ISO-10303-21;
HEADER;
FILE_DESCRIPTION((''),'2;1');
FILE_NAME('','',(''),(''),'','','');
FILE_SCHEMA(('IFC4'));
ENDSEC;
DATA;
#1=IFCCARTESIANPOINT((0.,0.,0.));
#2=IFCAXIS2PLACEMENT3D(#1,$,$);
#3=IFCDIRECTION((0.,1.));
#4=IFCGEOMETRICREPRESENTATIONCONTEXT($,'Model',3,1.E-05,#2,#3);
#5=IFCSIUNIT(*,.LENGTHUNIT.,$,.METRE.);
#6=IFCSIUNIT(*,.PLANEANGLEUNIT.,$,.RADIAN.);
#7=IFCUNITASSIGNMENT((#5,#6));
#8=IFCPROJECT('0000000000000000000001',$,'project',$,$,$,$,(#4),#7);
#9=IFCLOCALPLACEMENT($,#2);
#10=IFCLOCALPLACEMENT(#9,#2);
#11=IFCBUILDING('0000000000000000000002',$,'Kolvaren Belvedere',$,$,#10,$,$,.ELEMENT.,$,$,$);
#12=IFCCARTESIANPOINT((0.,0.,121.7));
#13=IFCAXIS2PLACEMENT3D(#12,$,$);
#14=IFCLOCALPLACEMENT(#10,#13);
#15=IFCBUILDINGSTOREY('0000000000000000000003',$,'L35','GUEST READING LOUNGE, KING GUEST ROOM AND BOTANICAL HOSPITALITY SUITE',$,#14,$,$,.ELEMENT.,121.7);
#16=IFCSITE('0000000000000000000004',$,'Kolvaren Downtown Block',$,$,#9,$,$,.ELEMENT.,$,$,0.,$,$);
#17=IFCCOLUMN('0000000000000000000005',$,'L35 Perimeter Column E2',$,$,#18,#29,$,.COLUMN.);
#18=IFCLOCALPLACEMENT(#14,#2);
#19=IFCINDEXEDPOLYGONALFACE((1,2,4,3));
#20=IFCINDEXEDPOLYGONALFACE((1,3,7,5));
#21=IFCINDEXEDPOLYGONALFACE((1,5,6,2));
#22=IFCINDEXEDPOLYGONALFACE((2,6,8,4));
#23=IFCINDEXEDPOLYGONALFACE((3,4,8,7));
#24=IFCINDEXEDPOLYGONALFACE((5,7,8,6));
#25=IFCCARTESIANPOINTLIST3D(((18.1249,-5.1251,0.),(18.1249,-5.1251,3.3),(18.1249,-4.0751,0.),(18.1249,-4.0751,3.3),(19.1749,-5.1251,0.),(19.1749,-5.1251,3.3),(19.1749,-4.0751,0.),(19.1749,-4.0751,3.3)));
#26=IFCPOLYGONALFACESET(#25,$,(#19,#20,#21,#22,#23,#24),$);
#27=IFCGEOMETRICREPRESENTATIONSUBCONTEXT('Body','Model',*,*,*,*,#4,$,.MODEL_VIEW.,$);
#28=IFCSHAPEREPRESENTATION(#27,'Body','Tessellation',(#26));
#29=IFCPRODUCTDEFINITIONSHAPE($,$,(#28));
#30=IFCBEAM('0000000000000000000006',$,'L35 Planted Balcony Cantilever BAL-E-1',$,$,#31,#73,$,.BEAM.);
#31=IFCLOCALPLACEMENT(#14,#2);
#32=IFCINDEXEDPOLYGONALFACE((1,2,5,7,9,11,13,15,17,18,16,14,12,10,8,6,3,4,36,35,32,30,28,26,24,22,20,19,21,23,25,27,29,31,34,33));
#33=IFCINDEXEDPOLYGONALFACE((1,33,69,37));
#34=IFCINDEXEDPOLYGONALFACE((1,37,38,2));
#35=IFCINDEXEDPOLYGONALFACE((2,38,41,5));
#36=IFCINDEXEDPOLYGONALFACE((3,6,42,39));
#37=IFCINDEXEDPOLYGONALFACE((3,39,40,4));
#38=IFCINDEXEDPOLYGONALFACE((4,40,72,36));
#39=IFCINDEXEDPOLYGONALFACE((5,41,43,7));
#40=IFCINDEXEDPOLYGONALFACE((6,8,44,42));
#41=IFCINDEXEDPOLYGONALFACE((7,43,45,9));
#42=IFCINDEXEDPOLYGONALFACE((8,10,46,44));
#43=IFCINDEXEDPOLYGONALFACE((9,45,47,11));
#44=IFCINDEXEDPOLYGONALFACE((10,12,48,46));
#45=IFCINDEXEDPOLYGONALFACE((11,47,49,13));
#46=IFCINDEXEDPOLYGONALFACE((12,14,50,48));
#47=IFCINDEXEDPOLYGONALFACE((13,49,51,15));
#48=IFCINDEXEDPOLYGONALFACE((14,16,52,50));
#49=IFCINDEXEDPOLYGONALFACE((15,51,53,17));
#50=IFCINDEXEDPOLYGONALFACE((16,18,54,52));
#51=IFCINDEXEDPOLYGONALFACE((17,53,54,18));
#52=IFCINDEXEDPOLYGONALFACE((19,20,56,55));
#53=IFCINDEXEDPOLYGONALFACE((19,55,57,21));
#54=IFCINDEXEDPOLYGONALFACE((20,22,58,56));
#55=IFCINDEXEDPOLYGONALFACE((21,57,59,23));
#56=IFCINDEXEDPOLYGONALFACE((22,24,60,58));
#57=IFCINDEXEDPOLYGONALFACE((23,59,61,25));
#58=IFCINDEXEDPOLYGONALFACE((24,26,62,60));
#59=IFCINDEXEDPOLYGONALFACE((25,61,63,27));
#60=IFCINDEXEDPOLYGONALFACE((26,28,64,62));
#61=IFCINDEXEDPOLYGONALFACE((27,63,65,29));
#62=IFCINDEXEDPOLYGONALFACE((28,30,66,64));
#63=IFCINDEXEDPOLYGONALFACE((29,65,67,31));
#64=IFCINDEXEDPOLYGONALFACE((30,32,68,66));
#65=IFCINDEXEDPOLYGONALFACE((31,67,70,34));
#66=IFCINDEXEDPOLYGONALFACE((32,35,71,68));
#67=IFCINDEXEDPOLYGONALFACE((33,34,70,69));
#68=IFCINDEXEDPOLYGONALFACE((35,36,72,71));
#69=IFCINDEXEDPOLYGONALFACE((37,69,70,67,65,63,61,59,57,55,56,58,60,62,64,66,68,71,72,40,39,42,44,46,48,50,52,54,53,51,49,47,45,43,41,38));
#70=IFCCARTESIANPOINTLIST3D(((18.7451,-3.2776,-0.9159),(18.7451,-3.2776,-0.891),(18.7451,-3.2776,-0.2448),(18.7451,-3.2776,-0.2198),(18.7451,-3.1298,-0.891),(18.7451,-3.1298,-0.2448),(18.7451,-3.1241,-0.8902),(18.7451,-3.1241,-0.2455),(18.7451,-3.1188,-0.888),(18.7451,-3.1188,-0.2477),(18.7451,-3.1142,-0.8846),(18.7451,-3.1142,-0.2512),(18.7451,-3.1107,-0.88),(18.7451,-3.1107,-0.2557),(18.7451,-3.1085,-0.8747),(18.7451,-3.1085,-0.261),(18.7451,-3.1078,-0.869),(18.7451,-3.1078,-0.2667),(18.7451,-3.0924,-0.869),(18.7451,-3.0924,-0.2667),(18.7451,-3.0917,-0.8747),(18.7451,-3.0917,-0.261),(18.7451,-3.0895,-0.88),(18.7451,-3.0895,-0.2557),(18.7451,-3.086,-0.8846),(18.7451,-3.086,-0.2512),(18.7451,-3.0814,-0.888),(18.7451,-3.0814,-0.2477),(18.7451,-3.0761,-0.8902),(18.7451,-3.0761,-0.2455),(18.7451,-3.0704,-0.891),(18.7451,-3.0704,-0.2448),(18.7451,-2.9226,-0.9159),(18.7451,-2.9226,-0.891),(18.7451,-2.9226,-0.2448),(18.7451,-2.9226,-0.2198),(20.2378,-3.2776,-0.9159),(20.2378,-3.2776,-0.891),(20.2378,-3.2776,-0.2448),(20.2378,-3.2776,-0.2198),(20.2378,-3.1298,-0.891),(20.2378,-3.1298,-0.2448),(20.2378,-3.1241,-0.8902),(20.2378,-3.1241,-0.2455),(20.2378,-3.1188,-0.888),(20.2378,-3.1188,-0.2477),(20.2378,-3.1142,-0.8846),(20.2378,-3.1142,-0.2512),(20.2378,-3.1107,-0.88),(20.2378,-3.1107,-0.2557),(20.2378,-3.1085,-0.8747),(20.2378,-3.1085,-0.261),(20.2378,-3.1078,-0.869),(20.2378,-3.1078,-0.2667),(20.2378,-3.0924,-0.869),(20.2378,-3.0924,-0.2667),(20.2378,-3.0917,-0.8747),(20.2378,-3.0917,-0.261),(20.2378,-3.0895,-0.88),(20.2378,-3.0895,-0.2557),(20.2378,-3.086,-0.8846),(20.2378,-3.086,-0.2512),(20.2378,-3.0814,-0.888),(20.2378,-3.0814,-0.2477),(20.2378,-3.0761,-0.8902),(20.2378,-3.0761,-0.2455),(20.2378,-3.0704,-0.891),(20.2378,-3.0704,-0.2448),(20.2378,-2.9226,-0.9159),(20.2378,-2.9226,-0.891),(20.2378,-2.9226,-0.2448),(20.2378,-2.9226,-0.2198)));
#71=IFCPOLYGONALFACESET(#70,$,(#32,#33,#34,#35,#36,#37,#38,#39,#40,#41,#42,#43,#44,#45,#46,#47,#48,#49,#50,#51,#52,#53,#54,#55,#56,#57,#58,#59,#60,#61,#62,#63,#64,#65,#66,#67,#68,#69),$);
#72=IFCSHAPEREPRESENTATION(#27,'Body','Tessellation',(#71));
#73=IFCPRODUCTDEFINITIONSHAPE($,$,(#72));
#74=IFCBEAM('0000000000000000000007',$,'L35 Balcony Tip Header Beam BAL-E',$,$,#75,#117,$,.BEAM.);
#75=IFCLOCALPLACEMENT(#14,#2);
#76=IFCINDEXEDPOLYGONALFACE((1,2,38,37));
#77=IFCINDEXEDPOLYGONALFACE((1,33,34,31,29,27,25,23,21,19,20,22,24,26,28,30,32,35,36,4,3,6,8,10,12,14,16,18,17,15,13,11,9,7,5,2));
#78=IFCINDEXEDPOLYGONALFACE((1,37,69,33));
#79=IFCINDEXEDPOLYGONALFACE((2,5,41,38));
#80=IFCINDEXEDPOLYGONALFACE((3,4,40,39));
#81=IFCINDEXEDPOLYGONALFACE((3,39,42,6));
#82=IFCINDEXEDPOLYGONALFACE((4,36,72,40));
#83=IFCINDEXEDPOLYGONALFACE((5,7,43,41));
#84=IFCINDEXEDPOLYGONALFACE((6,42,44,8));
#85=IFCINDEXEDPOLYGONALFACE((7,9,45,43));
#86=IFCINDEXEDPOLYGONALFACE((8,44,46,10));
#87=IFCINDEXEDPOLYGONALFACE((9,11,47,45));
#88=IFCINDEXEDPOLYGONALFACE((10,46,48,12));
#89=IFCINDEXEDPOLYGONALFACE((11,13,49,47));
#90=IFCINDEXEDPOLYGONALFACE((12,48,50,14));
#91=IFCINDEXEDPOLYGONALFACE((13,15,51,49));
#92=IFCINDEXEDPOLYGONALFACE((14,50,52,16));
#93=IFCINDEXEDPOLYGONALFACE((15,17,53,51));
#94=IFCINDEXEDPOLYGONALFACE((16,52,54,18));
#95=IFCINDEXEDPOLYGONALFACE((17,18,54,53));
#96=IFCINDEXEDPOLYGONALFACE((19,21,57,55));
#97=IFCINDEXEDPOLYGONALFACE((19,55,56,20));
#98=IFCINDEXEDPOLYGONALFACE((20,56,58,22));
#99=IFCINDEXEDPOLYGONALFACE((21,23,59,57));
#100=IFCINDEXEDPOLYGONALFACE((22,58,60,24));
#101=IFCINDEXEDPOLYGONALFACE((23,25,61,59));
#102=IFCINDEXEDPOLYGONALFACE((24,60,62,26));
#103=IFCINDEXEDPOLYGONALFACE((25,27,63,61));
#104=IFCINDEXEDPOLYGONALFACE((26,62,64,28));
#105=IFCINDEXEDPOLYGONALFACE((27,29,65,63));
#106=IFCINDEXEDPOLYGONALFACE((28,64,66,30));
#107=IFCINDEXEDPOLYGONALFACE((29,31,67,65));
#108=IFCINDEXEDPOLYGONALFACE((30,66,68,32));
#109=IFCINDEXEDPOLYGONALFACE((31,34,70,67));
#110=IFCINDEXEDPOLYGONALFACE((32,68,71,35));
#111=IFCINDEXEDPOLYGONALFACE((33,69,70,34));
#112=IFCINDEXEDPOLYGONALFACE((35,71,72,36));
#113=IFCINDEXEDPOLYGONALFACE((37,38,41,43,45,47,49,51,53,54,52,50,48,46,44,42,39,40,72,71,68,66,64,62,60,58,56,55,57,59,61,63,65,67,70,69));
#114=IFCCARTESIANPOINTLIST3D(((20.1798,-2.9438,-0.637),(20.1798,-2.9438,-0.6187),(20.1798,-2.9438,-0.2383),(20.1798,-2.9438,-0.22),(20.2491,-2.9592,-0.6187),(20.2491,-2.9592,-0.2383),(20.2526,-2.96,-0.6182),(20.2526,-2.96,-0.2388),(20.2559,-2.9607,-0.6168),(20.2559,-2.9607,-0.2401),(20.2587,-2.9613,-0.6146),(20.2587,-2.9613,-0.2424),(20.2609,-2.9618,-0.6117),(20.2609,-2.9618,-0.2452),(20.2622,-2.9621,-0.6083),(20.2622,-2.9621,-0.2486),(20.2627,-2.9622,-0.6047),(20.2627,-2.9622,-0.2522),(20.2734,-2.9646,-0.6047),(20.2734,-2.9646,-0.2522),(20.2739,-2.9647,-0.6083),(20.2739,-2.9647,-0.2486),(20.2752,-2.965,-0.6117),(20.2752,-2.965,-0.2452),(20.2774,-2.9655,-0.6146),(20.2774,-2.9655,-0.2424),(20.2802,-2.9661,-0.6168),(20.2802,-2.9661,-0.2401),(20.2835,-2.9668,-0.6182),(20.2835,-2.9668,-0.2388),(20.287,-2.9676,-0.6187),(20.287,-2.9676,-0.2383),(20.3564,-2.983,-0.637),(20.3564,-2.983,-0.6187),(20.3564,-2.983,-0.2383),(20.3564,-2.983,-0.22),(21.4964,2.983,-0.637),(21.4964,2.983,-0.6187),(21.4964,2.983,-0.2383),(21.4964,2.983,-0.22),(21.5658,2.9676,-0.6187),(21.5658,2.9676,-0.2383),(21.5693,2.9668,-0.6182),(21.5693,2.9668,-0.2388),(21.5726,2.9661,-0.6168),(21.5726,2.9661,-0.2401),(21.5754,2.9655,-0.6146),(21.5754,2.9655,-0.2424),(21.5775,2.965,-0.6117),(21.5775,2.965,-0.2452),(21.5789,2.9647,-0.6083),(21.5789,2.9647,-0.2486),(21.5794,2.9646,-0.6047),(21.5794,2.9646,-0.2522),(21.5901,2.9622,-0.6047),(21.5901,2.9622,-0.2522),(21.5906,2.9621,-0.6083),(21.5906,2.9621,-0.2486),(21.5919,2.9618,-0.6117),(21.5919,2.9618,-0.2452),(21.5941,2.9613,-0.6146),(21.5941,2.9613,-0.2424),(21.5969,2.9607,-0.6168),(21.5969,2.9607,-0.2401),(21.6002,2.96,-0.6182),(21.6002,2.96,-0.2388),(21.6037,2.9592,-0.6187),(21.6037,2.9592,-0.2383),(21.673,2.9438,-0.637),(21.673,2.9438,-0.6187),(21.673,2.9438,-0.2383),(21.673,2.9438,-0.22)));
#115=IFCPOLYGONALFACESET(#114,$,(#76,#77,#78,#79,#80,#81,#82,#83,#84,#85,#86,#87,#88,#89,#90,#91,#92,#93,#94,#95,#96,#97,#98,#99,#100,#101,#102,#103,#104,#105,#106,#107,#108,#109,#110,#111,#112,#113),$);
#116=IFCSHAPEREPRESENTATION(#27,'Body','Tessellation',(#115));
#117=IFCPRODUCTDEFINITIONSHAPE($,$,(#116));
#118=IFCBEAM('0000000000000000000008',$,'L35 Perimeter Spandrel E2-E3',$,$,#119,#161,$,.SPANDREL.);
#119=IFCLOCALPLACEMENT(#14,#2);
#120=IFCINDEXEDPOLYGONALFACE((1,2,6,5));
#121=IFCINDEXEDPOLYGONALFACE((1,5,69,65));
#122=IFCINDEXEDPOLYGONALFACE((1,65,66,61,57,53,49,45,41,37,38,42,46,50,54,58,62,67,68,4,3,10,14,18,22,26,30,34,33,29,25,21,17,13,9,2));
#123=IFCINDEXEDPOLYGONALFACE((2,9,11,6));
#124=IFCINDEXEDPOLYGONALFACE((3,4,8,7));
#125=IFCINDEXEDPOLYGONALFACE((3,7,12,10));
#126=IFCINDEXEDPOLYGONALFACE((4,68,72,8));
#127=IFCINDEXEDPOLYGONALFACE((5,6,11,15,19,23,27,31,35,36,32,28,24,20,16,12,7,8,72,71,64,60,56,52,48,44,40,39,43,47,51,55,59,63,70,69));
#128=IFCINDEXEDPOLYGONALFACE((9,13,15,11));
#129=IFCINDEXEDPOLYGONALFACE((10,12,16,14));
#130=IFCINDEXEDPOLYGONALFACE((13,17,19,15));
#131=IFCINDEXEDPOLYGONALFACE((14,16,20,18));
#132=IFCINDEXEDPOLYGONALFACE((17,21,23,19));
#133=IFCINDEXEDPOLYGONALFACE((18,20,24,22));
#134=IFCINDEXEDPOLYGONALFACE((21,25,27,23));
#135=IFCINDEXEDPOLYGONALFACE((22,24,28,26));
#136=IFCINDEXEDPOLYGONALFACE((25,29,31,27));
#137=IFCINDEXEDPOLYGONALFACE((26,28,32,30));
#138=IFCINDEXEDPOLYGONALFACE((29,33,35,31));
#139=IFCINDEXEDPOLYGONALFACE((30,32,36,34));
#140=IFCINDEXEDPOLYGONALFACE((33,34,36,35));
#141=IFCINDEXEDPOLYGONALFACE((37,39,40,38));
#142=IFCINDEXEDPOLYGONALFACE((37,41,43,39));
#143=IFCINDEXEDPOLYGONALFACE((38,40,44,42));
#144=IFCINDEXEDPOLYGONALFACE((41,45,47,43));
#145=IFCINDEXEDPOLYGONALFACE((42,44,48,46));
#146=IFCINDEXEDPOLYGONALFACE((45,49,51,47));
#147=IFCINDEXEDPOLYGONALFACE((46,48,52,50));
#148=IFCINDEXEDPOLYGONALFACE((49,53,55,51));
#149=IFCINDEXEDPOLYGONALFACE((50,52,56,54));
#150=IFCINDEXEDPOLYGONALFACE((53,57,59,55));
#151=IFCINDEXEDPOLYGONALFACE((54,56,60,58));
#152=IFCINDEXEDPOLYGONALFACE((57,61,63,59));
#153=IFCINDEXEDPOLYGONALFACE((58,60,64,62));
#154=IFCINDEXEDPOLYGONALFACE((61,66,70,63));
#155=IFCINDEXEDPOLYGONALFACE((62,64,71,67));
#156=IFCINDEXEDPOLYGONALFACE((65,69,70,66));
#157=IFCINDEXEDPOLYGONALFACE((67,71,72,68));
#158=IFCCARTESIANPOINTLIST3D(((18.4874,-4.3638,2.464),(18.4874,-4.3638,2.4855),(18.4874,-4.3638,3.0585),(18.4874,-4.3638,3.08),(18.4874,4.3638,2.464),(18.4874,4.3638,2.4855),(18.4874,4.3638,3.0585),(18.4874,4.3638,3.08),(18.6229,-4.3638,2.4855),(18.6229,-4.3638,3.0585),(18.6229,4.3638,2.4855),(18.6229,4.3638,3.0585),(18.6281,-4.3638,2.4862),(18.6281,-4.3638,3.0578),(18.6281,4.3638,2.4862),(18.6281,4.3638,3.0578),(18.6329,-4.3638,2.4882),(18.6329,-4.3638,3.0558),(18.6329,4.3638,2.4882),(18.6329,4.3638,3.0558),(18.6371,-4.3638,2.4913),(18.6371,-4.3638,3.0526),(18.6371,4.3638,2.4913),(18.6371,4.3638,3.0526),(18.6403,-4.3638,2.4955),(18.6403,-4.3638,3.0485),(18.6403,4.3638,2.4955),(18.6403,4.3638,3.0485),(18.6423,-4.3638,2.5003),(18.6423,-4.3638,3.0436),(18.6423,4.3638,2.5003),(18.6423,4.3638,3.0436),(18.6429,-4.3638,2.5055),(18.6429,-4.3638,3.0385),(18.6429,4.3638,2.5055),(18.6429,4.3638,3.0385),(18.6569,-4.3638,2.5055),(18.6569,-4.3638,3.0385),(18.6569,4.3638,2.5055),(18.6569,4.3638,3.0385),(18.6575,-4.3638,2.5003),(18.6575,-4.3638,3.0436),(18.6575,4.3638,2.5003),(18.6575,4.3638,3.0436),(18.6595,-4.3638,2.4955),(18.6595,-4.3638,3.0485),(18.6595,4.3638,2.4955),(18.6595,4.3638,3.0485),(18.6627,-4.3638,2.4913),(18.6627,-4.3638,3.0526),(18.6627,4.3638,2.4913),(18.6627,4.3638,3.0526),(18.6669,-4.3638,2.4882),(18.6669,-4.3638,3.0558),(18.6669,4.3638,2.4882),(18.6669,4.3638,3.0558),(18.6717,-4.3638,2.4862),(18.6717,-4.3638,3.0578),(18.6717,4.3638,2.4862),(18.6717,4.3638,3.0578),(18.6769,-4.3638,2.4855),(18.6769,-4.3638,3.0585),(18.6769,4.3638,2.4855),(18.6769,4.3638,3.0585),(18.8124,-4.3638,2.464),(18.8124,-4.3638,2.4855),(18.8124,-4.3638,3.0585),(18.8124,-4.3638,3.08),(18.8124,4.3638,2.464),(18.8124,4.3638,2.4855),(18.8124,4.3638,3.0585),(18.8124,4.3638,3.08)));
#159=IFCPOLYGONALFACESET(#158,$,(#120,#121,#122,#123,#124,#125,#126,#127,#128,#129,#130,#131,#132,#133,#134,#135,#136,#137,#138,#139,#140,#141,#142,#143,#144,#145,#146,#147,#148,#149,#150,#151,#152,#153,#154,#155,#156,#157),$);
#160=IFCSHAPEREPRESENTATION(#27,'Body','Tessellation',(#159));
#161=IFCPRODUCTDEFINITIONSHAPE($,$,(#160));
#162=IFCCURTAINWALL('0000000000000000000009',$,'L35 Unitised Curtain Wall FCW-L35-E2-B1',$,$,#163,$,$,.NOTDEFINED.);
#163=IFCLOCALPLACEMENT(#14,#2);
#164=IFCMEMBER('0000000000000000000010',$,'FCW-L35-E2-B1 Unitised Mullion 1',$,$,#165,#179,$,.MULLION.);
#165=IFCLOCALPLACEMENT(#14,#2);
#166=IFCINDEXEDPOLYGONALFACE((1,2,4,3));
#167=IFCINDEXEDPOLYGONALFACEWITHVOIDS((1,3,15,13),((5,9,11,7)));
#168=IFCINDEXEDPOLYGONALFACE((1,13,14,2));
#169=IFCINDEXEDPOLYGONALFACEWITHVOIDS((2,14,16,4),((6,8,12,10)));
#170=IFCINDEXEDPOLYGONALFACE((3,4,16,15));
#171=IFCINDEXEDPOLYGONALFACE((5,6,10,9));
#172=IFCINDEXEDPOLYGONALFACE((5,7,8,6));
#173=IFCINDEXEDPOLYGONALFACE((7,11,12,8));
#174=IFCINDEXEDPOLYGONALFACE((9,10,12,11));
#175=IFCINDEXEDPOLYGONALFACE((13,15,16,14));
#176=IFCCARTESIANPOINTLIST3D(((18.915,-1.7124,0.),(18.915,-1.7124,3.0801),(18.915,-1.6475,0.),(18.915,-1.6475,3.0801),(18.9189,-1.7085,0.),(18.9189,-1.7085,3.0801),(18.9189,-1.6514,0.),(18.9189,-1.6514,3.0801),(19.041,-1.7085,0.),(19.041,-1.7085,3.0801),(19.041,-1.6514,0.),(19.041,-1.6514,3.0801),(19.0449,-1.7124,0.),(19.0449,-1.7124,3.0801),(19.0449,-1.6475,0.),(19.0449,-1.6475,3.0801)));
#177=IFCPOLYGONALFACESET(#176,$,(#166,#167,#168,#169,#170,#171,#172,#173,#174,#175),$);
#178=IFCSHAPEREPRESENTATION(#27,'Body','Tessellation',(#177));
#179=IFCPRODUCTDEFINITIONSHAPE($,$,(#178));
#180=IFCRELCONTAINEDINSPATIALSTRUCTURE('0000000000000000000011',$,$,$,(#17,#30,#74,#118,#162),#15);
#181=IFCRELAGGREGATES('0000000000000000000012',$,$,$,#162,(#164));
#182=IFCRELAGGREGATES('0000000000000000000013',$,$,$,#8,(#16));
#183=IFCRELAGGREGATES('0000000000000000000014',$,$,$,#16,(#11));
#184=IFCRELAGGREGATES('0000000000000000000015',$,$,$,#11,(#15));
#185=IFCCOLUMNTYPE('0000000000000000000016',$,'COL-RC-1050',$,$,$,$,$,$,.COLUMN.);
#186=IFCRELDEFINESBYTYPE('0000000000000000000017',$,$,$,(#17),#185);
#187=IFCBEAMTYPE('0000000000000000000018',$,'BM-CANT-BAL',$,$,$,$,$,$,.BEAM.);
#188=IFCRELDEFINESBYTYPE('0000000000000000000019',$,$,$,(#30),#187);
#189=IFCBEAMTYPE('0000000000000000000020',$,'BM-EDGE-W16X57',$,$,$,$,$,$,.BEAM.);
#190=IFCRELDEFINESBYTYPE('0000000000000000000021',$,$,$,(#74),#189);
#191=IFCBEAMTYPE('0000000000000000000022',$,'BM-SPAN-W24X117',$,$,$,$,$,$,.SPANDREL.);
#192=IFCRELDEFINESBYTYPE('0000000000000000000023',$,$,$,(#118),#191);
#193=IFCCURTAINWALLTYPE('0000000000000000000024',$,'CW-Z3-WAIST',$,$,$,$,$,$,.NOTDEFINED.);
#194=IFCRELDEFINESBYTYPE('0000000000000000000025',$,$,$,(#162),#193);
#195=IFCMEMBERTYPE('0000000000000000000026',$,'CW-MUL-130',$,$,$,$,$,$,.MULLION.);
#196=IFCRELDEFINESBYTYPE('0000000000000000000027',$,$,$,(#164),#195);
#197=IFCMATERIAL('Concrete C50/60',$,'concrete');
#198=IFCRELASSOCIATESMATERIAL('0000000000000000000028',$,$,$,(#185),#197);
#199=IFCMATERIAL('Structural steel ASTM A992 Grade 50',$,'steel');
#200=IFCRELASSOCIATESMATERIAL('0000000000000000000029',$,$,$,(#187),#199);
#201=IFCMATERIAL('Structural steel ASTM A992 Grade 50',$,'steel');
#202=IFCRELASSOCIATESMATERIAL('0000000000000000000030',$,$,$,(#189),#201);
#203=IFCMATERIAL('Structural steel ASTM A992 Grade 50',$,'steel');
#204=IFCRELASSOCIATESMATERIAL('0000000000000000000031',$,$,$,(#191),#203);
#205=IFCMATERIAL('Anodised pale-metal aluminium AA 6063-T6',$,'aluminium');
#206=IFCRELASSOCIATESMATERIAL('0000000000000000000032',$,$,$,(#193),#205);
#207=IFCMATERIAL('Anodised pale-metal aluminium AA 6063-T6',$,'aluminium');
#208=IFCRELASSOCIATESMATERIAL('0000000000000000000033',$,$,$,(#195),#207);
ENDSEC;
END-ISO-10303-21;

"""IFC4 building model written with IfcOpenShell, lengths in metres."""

from ifc_helpers import new_model, si_unit, direction, frame, origin, origin_2d, place, context, subcontext, project, spatial, rectangle, hollow_rectangle, i_section, extrude, material, material_profile, profile_set, type_object, element, aggregate, save


model = new_model("IFC4")

# Units and contexts
model_context = context("Model", 3, precision=1e-05, world=origin(), true_north=direction((0.0, 1.0)))
body_context = subcontext(model_context, "Body", "Model", "MODEL_VIEW")
ifc_project = project(units=[si_unit("LENGTHUNIT", "METRE"), si_unit("PLANEANGLEUNIT", "RADIAN")], contexts=[model_context])

# Site, building, storey
site_placement = place(None, origin())
site = spatial("IfcSite", under=ifc_project, at=site_placement, Name="Kolvaren Downtown Block", CompositionType="ELEMENT", RefElevation=0.0)
building_placement = place(site_placement, origin())
building = spatial("IfcBuilding", under=site, at=building_placement, Name="Kolvaren Belvedere", CompositionType="ELEMENT")
storey_placement = place(building_placement, frame((0.0, 0.0, 121.7)))
storey = spatial("IfcBuildingStorey", under=building, at=storey_placement, Name="L35", Description="GUEST READING LOUNGE, KING GUEST ROOM AND BOTANICAL HOSPITALITY SUITE", CompositionType="ELEMENT", Elevation=121.7)

# Column
ifc_material_1 = material(Name="Concrete C50/60", Category="concrete")
ifc_material_profile_1 = material_profile(ifc_material_1, rectangle(XDim=1.05, YDim=1.05, at=origin_2d()), Name="RC 1050X1050")
ifc_profile_set_1 = profile_set([ifc_material_profile_1], Name="Concrete C50/60")
column_type = type_object("IfcColumnType", Name="COL-RC-1050", PredefinedType="COLUMN", material=ifc_profile_set_1)
column_placement = place(storey_placement, frame((18.6499, -4.6001, 0.0), z_axis=(0.0, 0.0, 1.0), x_axis=(1.0, 0.0, 0.0)))
element("IfcColumn", 1, at=column_placement, inside=storey, type_object=column_type, Name="L35 Perimeter Column E2", PredefinedType="COLUMN", context=body_context, shape_type="SweptSolid", body=[
    extrude(rectangle(XDim=1.05, YDim=1.05, at=origin_2d()), origin(), (0.0, 0.0, 1.0), 3.3),
])

# Beams
ifc_material_2 = material(Name="Structural steel ASTM A992 Grade 50", Category="steel")
ifc_material_profile_2 = material_profile(ifc_material_2, i_section(OverallWidth=0.355, OverallDepth=0.696, WebThickness=0.0154, FlangeThickness=0.0249, FilletRadius=0.022, at=origin_2d()), Name="W27X146")
ifc_profile_set_2 = profile_set([ifc_material_profile_2], Name="Structural steel ASTM A992 Grade 50")
beam_type_1 = type_object("IfcBeamType", Name="BM-CANT-BAL", PredefinedType="BEAM", material=ifc_profile_set_2)
beam_1_placement = place(storey_placement, frame((18.7451, -3.1001, -0.5679), z_axis=(1.0, 0.0, 0.0), x_axis=(0.0, 1.0, 0.0)))
element("IfcBeam", 2, at=beam_1_placement, inside=storey, type_object=beam_type_1, Name="L35 Planted Balcony Cantilever BAL-E-1", PredefinedType="BEAM", context=body_context, shape_type="SweptSolid", body=[
    extrude(i_section(OverallWidth=0.355, OverallDepth=0.696, WebThickness=0.0154, FlangeThickness=0.0249, FilletRadius=0.022, at=origin_2d()), origin(), (0.0, 0.0, 1.0), 1.4927),
])
ifc_material_3 = material(Name="Structural steel ASTM A992 Grade 50", Category="steel")
ifc_material_profile_3 = material_profile(ifc_material_3, i_section(OverallWidth=0.1809, OverallDepth=0.417, WebThickness=0.011, FlangeThickness=0.0183, FilletRadius=0.0139, at=origin_2d()), Name="W16X57")
ifc_profile_set_3 = profile_set([ifc_material_profile_3], Name="Structural steel ASTM A992 Grade 50")
beam_type_2 = type_object("IfcBeamType", Name="BM-EDGE-W16X57", PredefinedType="BEAM", material=ifc_profile_set_3)
beam_2_placement = place(storey_placement, frame((20.2681, -2.9634, -0.4285), z_axis=(0.216867, 0.976201, 0.0), x_axis=(-0.976201, 0.216867, 0.0)))
element("IfcBeam", 3, at=beam_2_placement, inside=storey, type_object=beam_type_2, Name="L35 Balcony Tip Header Beam BAL-E", PredefinedType="BEAM", context=body_context, shape_type="SweptSolid", body=[
    extrude(i_section(OverallWidth=0.1809, OverallDepth=0.417, WebThickness=0.011, FlangeThickness=0.0183, FilletRadius=0.0139, at=origin_2d()), origin(), (0.0, 0.0, 1.0), 6.0713),
])
ifc_material_4 = material(Name="Structural steel ASTM A992 Grade 50", Category="steel")
ifc_material_profile_4 = material_profile(ifc_material_4, i_section(OverallWidth=0.325, OverallDepth=0.616, WebThickness=0.0139, FlangeThickness=0.0215, FilletRadius=0.02, at=origin_2d()), Name="W24X117")
ifc_profile_set_4 = profile_set([ifc_material_profile_4], Name="Structural steel ASTM A992 Grade 50")
beam_type_3 = type_object("IfcBeamType", Name="BM-SPAN-W24X117", PredefinedType="SPANDREL", material=ifc_profile_set_4)
beam_3_placement = place(storey_placement, frame((18.6499, -4.3638, 2.772), z_axis=(0.0, 1.0, 0.0), x_axis=(-1.0, 0.0, 0.0)))
element("IfcBeam", 4, at=beam_3_placement, inside=storey, type_object=beam_type_3, Name="L35 Perimeter Spandrel E2-E3", PredefinedType="SPANDREL", context=body_context, shape_type="SweptSolid", body=[
    extrude(i_section(OverallWidth=0.325, OverallDepth=0.616, WebThickness=0.0139, FlangeThickness=0.0215, FilletRadius=0.02, at=origin_2d()), origin(), (0.0, 0.0, 1.0), 8.7275),
])

# Curtain wall, member
ifc_material_5 = material(Name="Anodised pale-metal aluminium AA 6063-T6", Category="aluminium")
curtain_wall_type = type_object("IfcCurtainWallType", Name="CW-Z3-WAIST", PredefinedType="NOTDEFINED", material=ifc_material_5)
curtain_wall_1_placement = place(storey_placement, origin())
curtain_wall_1 = element("IfcCurtainWall", 5, at=curtain_wall_1_placement, inside=storey, type_object=curtain_wall_type, Name="L35 Unitised Curtain Wall FCW-L35-E2-B1", PredefinedType="NOTDEFINED")
ifc_material_6 = material(Name="Anodised pale-metal aluminium AA 6063-T6", Category="aluminium")
ifc_material_profile_5 = material_profile(ifc_material_6, hollow_rectangle(XDim=0.0649, YDim=0.1299, WallThickness=0.0039, at=origin_2d()), Name="ALU-MUL-130X65")
ifc_profile_set_5 = profile_set([ifc_material_profile_5], Name="Anodised pale-metal aluminium AA 6063-T6")
member_type_1 = type_object("IfcMemberType", Name="CW-MUL-130", PredefinedType="MULLION", material=ifc_profile_set_5)
member_1_placement = place(storey_placement, frame((18.98, -1.6799, 0.0), z_axis=(0.0, 0.0, 1.0), x_axis=(0.0, 1.0, 0.0)))
member_1 = element("IfcMember", 6, at=member_1_placement, type_object=member_type_1, Name="FCW-L35-E2-B1 Unitised Mullion 1", PredefinedType="MULLION", context=body_context, shape_type="SweptSolid", body=[
    extrude(hollow_rectangle(XDim=0.0649, YDim=0.1299, WallThickness=0.0039, at=origin_2d()), origin(), (0.0, 0.0, 1.0), 3.0801),
])

aggregate(curtain_wall_1, [member_1])

save(model, "model.ifc")
